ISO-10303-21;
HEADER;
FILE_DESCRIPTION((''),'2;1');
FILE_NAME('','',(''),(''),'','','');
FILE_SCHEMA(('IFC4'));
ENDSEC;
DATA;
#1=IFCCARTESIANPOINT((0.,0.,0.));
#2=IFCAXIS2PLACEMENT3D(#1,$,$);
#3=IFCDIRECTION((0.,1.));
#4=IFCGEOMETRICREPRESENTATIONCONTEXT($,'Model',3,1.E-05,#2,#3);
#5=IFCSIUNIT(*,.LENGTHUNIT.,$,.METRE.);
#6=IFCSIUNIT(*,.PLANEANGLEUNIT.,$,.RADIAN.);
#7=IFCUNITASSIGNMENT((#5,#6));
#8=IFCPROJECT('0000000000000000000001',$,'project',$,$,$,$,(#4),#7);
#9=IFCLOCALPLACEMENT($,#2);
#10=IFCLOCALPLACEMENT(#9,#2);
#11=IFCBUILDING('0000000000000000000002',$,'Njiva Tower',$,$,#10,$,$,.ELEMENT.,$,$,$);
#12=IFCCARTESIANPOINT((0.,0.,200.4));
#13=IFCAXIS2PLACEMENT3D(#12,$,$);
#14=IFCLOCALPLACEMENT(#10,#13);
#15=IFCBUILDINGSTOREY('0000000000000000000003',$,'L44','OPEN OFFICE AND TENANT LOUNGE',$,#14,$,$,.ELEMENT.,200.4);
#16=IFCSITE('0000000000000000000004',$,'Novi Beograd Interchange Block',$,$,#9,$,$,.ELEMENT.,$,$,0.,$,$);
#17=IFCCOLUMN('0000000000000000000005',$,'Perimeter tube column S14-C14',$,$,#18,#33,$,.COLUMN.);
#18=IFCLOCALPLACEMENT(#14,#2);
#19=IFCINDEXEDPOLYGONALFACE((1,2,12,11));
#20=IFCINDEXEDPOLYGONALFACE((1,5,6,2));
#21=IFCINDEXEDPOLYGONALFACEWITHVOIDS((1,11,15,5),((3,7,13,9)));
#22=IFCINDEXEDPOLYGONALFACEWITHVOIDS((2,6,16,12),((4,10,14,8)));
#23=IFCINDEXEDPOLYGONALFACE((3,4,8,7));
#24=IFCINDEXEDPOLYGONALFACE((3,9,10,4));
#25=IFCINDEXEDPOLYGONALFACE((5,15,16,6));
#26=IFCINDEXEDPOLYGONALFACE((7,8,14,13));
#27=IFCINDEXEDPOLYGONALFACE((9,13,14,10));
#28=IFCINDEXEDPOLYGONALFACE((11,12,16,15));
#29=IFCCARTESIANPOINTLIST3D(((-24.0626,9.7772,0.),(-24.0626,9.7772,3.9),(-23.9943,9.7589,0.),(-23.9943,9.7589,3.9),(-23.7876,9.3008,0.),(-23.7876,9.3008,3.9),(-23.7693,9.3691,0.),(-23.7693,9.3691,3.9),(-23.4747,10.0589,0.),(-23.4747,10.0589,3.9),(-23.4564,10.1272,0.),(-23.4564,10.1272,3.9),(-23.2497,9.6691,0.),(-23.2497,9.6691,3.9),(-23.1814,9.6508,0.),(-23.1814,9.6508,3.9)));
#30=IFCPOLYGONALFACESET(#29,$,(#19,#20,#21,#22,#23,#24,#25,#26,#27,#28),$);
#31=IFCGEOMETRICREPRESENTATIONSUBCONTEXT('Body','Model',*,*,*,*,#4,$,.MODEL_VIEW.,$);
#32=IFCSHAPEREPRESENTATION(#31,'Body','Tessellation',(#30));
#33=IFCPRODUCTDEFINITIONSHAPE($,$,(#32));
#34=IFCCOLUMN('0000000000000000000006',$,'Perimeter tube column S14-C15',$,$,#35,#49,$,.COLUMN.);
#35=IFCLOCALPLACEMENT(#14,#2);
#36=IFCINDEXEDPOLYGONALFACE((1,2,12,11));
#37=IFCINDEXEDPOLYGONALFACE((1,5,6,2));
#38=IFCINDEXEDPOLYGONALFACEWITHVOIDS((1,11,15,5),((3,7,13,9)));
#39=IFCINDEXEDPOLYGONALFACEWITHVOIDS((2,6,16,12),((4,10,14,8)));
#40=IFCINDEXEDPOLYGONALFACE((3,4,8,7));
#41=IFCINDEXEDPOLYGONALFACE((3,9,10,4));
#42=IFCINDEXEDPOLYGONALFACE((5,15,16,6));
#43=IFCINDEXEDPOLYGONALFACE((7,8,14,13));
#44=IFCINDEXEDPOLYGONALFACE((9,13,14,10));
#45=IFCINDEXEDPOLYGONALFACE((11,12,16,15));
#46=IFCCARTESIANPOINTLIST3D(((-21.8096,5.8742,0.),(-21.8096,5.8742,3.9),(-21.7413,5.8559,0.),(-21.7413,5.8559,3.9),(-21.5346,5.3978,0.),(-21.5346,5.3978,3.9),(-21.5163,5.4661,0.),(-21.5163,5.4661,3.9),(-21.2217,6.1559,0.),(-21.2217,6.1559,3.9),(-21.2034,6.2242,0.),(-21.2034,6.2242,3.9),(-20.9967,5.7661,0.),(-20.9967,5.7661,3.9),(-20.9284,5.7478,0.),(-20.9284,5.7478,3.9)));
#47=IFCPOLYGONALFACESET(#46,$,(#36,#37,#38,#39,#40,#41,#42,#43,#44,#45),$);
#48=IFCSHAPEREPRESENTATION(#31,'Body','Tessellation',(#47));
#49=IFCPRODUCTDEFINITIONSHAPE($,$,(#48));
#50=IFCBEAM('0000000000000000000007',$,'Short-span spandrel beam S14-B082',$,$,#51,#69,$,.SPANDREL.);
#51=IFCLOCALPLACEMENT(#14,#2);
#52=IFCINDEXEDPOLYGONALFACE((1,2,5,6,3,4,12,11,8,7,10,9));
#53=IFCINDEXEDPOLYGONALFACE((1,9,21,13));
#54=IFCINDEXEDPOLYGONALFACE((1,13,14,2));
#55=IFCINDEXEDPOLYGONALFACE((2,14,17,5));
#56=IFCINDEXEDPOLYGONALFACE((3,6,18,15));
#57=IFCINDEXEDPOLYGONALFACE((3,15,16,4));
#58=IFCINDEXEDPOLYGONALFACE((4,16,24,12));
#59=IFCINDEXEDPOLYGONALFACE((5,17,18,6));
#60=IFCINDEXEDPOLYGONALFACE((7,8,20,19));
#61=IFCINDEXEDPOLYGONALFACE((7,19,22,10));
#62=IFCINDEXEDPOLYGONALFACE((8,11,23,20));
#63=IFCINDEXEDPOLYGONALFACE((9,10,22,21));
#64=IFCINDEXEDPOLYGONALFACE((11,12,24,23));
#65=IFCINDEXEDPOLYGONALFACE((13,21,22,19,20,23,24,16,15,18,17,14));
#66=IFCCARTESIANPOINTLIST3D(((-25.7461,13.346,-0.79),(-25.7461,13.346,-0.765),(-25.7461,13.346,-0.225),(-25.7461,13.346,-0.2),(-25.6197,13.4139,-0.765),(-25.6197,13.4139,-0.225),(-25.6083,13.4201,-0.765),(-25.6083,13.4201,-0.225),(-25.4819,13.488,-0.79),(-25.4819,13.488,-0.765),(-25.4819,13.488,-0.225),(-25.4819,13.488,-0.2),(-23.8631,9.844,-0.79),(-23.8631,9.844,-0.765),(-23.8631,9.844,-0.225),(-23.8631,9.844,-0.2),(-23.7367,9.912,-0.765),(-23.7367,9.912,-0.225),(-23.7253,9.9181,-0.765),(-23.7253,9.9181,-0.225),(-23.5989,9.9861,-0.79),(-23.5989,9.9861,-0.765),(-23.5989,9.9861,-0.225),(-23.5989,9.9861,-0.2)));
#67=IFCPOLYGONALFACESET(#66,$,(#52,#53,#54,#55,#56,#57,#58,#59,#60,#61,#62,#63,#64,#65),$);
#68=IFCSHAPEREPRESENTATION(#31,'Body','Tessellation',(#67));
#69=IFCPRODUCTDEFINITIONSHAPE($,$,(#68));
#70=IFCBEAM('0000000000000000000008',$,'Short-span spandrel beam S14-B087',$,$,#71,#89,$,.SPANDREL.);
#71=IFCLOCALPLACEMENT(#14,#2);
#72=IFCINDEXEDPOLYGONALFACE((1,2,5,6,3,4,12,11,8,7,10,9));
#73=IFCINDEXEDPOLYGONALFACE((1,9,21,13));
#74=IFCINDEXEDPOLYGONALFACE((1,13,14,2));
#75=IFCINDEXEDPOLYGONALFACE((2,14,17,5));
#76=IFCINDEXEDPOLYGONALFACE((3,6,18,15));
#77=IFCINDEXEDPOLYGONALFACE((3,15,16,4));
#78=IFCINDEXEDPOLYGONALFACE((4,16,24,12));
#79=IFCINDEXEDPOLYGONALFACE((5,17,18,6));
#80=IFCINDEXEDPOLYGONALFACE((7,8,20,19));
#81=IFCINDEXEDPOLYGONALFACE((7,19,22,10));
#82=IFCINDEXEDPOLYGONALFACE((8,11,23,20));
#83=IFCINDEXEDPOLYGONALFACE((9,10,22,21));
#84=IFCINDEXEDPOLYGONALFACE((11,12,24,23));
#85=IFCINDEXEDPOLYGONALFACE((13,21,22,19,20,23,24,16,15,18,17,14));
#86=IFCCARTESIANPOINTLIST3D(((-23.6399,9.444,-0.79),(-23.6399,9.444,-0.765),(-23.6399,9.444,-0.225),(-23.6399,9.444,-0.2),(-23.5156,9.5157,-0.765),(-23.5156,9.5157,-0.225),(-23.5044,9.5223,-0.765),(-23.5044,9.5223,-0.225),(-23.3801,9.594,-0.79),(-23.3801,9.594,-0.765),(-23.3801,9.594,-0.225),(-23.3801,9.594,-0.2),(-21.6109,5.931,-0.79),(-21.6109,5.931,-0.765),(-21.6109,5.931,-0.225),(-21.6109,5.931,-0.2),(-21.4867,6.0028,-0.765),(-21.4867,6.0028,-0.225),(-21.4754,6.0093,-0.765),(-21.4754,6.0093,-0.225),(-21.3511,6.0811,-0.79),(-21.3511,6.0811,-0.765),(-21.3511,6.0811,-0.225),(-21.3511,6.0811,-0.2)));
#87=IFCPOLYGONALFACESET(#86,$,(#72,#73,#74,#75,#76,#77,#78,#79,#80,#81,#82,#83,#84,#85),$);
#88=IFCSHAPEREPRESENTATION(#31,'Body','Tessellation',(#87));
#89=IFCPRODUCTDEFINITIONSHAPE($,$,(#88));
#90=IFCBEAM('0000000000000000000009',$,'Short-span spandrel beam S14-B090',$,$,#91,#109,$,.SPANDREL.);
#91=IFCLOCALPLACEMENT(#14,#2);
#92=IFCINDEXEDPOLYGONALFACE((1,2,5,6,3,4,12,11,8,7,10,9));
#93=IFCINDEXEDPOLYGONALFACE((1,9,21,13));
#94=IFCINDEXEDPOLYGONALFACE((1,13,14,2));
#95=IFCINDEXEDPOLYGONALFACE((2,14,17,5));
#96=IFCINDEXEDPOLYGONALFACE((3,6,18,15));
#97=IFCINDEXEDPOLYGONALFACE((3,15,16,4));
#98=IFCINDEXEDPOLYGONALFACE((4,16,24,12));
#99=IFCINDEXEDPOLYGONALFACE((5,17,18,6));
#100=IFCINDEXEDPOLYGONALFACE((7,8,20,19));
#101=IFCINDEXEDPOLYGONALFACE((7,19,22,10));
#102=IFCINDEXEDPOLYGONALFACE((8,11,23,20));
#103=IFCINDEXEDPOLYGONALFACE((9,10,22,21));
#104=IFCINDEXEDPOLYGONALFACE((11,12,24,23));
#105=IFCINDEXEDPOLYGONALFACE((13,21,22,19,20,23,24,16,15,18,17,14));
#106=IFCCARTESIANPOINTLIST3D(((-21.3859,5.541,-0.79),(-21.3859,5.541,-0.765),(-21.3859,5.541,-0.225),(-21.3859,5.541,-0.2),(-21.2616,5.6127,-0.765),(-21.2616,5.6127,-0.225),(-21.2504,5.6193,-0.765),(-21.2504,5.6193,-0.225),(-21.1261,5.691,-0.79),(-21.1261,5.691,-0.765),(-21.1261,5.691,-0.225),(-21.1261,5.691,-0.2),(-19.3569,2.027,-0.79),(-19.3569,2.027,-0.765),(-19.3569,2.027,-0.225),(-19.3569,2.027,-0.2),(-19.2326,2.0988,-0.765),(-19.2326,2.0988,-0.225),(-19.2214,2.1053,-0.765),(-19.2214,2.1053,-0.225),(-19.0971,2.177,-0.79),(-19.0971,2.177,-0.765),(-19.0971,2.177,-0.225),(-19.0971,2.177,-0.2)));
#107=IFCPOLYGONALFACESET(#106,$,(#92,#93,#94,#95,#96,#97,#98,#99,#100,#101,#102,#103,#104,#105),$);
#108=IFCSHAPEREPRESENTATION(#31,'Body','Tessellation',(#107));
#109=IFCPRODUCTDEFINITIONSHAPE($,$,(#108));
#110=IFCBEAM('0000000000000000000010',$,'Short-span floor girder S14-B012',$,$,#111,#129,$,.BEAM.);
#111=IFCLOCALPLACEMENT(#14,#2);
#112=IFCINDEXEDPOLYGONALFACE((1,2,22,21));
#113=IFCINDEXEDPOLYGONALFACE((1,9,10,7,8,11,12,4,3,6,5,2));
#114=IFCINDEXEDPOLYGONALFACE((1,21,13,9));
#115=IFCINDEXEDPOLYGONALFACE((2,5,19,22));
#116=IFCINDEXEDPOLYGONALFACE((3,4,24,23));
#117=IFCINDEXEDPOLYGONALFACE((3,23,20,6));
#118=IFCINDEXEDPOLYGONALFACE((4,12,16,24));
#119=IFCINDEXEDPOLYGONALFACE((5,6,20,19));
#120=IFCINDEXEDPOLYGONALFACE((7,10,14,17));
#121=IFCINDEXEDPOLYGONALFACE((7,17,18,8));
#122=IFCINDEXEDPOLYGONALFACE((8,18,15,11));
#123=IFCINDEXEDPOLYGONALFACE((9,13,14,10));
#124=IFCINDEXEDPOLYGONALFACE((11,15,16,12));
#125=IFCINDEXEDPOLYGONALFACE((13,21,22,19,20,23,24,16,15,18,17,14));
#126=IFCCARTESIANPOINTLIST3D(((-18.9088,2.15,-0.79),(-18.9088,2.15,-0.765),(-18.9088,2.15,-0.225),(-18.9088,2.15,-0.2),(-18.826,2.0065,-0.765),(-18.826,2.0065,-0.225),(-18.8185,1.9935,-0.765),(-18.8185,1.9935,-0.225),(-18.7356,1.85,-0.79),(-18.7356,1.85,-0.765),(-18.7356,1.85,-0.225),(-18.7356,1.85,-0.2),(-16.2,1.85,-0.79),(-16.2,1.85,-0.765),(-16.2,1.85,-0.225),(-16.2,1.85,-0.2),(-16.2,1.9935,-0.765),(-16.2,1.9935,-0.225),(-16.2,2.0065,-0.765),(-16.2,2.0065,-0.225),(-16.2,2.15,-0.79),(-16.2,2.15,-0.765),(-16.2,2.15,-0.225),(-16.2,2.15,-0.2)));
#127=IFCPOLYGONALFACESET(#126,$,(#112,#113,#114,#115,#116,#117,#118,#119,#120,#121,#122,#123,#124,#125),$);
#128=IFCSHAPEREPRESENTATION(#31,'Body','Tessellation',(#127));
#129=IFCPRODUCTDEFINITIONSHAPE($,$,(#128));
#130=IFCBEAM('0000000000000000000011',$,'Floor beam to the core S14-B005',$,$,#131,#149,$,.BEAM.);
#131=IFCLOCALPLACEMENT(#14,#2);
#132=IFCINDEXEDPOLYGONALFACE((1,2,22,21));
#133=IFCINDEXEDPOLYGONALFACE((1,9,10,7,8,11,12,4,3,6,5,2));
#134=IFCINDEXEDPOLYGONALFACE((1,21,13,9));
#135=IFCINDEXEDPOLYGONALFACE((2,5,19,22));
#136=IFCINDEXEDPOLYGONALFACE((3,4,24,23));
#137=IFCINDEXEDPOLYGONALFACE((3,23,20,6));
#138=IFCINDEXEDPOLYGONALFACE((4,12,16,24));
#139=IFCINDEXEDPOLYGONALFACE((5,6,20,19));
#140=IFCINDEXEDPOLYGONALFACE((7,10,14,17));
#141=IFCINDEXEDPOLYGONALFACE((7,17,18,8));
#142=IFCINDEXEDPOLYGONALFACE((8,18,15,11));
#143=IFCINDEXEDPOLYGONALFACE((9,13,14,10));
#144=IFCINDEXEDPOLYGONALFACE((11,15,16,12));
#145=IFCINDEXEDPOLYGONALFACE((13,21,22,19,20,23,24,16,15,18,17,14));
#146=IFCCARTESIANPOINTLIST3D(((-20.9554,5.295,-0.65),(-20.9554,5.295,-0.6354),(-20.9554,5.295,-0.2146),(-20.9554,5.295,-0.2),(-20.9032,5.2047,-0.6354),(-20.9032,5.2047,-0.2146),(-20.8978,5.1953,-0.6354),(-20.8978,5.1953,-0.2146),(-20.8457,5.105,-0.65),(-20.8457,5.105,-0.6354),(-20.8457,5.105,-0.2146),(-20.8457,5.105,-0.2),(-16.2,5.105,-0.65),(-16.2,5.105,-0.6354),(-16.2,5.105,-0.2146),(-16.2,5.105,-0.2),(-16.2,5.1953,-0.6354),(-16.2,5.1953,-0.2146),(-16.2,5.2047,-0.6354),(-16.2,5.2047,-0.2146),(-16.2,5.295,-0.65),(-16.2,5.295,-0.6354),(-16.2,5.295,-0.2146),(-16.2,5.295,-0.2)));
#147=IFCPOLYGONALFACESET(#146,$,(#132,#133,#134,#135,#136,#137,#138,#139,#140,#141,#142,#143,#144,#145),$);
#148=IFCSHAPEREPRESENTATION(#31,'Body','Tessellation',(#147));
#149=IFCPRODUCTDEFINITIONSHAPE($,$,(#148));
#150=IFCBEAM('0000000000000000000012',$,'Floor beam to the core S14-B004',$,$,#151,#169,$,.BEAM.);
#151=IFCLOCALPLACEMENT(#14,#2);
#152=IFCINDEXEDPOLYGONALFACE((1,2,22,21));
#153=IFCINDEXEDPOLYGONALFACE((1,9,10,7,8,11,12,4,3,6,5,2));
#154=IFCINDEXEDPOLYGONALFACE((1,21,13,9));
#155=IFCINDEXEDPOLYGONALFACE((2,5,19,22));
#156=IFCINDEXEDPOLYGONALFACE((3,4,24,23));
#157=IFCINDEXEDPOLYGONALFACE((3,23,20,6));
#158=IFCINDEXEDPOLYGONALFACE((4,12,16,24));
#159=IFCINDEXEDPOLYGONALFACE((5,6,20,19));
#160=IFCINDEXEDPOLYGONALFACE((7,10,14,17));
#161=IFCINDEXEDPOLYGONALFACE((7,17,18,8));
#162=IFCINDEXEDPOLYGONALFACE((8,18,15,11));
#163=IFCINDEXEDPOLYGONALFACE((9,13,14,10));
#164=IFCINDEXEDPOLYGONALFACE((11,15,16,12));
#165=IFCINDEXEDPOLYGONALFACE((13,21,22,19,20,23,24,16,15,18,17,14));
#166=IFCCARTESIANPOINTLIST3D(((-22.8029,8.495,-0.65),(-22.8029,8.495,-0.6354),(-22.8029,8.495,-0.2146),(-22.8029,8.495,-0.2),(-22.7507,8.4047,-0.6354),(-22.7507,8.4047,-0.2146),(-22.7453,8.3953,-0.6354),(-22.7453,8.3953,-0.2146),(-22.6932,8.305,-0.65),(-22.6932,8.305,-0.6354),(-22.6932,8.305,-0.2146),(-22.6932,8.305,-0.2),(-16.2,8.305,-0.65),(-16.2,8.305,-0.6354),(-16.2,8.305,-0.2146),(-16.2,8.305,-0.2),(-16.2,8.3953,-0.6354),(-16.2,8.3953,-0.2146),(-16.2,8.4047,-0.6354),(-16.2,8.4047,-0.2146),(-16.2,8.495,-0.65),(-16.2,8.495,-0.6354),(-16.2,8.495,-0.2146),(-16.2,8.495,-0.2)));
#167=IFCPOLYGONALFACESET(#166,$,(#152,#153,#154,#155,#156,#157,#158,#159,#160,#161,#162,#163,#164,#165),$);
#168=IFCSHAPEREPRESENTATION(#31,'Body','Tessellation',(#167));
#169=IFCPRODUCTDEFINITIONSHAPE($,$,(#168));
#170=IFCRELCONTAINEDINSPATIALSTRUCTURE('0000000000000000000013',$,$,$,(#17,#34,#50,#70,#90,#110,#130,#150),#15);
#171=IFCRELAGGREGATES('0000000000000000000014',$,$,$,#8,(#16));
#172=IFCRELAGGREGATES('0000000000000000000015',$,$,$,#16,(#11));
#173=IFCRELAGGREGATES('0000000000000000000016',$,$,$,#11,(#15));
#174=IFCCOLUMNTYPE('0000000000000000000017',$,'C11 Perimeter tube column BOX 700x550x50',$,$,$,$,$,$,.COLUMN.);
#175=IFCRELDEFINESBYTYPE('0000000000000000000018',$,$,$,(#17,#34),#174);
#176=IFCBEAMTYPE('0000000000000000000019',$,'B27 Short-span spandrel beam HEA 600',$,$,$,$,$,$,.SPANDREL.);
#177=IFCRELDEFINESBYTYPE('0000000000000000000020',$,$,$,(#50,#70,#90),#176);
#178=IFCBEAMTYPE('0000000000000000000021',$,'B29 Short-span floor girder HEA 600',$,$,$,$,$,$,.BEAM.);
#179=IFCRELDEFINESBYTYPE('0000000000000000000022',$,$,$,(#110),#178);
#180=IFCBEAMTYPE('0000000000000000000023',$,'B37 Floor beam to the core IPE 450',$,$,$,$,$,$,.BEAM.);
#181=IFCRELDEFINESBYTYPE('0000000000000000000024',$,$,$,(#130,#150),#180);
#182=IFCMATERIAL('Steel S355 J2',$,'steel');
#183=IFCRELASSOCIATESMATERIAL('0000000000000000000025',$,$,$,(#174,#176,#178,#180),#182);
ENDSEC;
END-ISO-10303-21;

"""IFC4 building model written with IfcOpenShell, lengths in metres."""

from ifc_helpers import new_model, si_unit, direction, frame, origin, origin_2d, place, context, subcontext, project, spatial, hollow_rectangle, i_section, extrude, clip, halfspace, material, material_profile, profile_set, type_object, element, save


model = new_model("IFC4")

# Units and contexts
model_context = context("Model", 3, precision=1e-05, world=origin(), true_north=direction((0.0, 1.0)))
body_context = subcontext(model_context, "Body", "Model", "MODEL_VIEW")
ifc_project = project(units=[si_unit("LENGTHUNIT", "METRE"), si_unit("PLANEANGLEUNIT", "RADIAN")], contexts=[model_context])

# Site, building, storey
site_placement = place(None, origin())
site = spatial("IfcSite", under=ifc_project, at=site_placement, Name="Novi Beograd Interchange Block", CompositionType="ELEMENT", RefElevation=0.0)
building_placement = place(site_placement, origin())
building = spatial("IfcBuilding", under=site, at=building_placement, Name="Njiva Tower", CompositionType="ELEMENT")
storey_placement = place(building_placement, frame((0.0, 0.0, 200.4)))
storey = spatial("IfcBuildingStorey", under=building, at=storey_placement, Name="L44", Description="OPEN OFFICE AND TENANT LOUNGE", CompositionType="ELEMENT", Elevation=200.4)

# Columns
ifc_material_1 = material(Name="Steel S355 J2", Category="steel")
ifc_material_profile_1 = material_profile(ifc_material_1, hollow_rectangle(XDim=0.55, YDim=0.7, WallThickness=0.05, at=origin_2d()), Name="BOX 700x550x50")
ifc_profile_set_1 = profile_set([ifc_material_profile_1], Name="Steel S355 J2")
column_type = type_object("IfcColumnType", Name="C11 Perimeter tube column BOX 700x550x50", PredefinedType="COLUMN", material=ifc_profile_set_1)
for number, where, z_axis, x_axis, name in (
    (1, (-23.622, 9.714, 0.0), (0.0, 0.0, 1.0), (0.5, -0.866025, 0.0), "Perimeter tube column S14-C14"),
    (2, (-21.369, 5.811, 0.0), (0.0, 0.0, 1.0), (0.5, -0.866025, 0.0), "Perimeter tube column S14-C15"),
):
    element("IfcColumn", number, at=place(storey_placement, frame(where, z_axis=z_axis, x_axis=x_axis)), inside=storey, type_object=column_type, Name=name, PredefinedType="COLUMN", context=body_context, shape_type="SweptSolid", body=[
        extrude(hollow_rectangle(XDim=0.55, YDim=0.7, WallThickness=0.05, at=origin_2d()), origin(), (0.0, 0.0, 1.0), 3.9),
    ])

# Beams
ifc_material_profile_2 = material_profile(ifc_material_1, i_section(OverallWidth=0.3, OverallDepth=0.59, WebThickness=0.013, FlangeThickness=0.025, at=origin_2d()), Name="HEA 600")
ifc_profile_set_2 = profile_set([ifc_material_profile_2], Name="Steel S355 J2")
beam_type_1 = type_object("IfcBeamType", Name="B27 Short-span spandrel beam HEA 600", PredefinedType="SPANDREL", material=ifc_profile_set_2)
beam_1_placement = place(storey_placement, frame((-25.614, 13.417, -0.495), z_axis=(0.473575, -0.880754, 0.0), x_axis=(0.880754, 0.473575, 0.0)))
element("IfcBeam", 3, at=beam_1_placement, inside=storey, type_object=beam_type_1, Name="Short-span spandrel beam S14-B082", PredefinedType="SPANDREL", context=body_context, shape_type="SweptSolid", body=[
    extrude(i_section(OverallWidth=0.3, OverallDepth=0.59, WebThickness=0.013, FlangeThickness=0.025, at=origin_2d()), origin(), (0.0, 0.0, 1.0), 3.9761),
])
beam_2_placement = place(storey_placement, frame((-23.51, 9.519, -0.495), z_axis=(0.500142, -0.865943, 0.0), x_axis=(0.865943, 0.500142, 0.0)))
element("IfcBeam", 4, at=beam_2_placement, inside=storey, type_object=beam_type_1, Name="Short-span spandrel beam S14-B087", PredefinedType="SPANDREL", context=body_context, shape_type="SweptSolid", body=[
    extrude(i_section(OverallWidth=0.3, OverallDepth=0.59, WebThickness=0.013, FlangeThickness=0.025, at=origin_2d()), origin(), (0.0, 0.0, 1.0), 4.0568),
])
beam_3_placement = place(storey_placement, frame((-21.256, 5.616, -0.495), z_axis=(0.500035, -0.866005, 0.0), x_axis=(0.866005, 0.500035, 0.0)))
element("IfcBeam", 5, at=beam_3_placement, inside=storey, type_object=beam_type_1, Name="Short-span spandrel beam S14-B090", PredefinedType="SPANDREL", context=body_context, shape_type="SweptSolid", body=[
    extrude(i_section(OverallWidth=0.3, OverallDepth=0.59, WebThickness=0.013, FlangeThickness=0.025, at=origin_2d()), origin(), (0.0, 0.0, 1.0), 4.0577),
])
ifc_material_profile_3 = material_profile(ifc_material_1, i_section(OverallWidth=0.3, OverallDepth=0.59, WebThickness=0.013, FlangeThickness=0.025, at=origin_2d()), Name="HEA 600")
ifc_profile_set_3 = profile_set([ifc_material_profile_3], Name="Steel S355 J2")
beam_type_2 = type_object("IfcBeamType", Name="B29 Short-span floor girder HEA 600", PredefinedType="BEAM", material=ifc_profile_set_3)
beam_4_placement = place(storey_placement, frame((-18.929, 2.0, -0.495), z_axis=(1.0, 0.0, 0.0), x_axis=(0.0, 1.0, 0.0)))
element("IfcBeam", 6, at=beam_4_placement, inside=storey, type_object=beam_type_2, Name="Short-span floor girder S14-B012", PredefinedType="BEAM", context=body_context, shape_type="Clipping", body=[
    clip(extrude(i_section(OverallWidth=0.3, OverallDepth=0.59, WebThickness=0.013, FlangeThickness=0.025, at=origin_2d()), origin(), (0.0, 0.0, 1.0), 2.729), halfspace(frame((-0.025, 0.0, 0.1212), z_axis=(-0.499998, 0.0, -0.866027), x_axis=(0.0, -1.0, 0.0)), False)),
])
ifc_material_profile_4 = material_profile(ifc_material_1, i_section(OverallWidth=0.19, OverallDepth=0.45, WebThickness=0.0094, FlangeThickness=0.0146, at=origin_2d()), Name="IPE 450")
ifc_profile_set_4 = profile_set([ifc_material_profile_4], Name="Steel S355 J2")
beam_type_3 = type_object("IfcBeamType", Name="B37 Floor beam to the core IPE 450", PredefinedType="BEAM", material=ifc_profile_set_4)
beam_5_placement = place(storey_placement, frame((-20.976, 5.2, -0.425), z_axis=(1.0, 0.0, 0.0), x_axis=(0.0, 1.0, 0.0)))
element("IfcBeam", 7, at=beam_5_placement, inside=storey, type_object=beam_type_3, Name="Floor beam to the core S14-B005", PredefinedType="BEAM", context=body_context, shape_type="Clipping", body=[
    clip(extrude(i_section(OverallWidth=0.19, OverallDepth=0.45, WebThickness=0.0094, FlangeThickness=0.0146, at=origin_2d()), origin(), (0.0, 0.0, 1.0), 4.776), halfspace(frame((-0.025, 0.0, 0.0899), z_axis=(-0.499998, 0.0, -0.866027), x_axis=(0.0, -1.0, 0.0)), False)),
])
beam_6_placement = place(storey_placement, frame((-22.823, 8.4, -0.425), z_axis=(1.0, 0.0, 0.0), x_axis=(0.0, 1.0, 0.0)))
element("IfcBeam", 8, at=beam_6_placement, inside=storey, type_object=beam_type_3, Name="Floor beam to the core S14-B004", PredefinedType="BEAM", context=body_context, shape_type="Clipping", body=[
    clip(extrude(i_section(OverallWidth=0.19, OverallDepth=0.45, WebThickness=0.0094, FlangeThickness=0.0146, at=origin_2d()), origin(), (0.0, 0.0, 1.0), 6.623), halfspace(frame((-0.025, 0.0, 0.0894), z_axis=(-0.499998, 0.0, -0.866027), x_axis=(0.0, -1.0, 0.0)), False)),
])

save(model, "model.ifc")
